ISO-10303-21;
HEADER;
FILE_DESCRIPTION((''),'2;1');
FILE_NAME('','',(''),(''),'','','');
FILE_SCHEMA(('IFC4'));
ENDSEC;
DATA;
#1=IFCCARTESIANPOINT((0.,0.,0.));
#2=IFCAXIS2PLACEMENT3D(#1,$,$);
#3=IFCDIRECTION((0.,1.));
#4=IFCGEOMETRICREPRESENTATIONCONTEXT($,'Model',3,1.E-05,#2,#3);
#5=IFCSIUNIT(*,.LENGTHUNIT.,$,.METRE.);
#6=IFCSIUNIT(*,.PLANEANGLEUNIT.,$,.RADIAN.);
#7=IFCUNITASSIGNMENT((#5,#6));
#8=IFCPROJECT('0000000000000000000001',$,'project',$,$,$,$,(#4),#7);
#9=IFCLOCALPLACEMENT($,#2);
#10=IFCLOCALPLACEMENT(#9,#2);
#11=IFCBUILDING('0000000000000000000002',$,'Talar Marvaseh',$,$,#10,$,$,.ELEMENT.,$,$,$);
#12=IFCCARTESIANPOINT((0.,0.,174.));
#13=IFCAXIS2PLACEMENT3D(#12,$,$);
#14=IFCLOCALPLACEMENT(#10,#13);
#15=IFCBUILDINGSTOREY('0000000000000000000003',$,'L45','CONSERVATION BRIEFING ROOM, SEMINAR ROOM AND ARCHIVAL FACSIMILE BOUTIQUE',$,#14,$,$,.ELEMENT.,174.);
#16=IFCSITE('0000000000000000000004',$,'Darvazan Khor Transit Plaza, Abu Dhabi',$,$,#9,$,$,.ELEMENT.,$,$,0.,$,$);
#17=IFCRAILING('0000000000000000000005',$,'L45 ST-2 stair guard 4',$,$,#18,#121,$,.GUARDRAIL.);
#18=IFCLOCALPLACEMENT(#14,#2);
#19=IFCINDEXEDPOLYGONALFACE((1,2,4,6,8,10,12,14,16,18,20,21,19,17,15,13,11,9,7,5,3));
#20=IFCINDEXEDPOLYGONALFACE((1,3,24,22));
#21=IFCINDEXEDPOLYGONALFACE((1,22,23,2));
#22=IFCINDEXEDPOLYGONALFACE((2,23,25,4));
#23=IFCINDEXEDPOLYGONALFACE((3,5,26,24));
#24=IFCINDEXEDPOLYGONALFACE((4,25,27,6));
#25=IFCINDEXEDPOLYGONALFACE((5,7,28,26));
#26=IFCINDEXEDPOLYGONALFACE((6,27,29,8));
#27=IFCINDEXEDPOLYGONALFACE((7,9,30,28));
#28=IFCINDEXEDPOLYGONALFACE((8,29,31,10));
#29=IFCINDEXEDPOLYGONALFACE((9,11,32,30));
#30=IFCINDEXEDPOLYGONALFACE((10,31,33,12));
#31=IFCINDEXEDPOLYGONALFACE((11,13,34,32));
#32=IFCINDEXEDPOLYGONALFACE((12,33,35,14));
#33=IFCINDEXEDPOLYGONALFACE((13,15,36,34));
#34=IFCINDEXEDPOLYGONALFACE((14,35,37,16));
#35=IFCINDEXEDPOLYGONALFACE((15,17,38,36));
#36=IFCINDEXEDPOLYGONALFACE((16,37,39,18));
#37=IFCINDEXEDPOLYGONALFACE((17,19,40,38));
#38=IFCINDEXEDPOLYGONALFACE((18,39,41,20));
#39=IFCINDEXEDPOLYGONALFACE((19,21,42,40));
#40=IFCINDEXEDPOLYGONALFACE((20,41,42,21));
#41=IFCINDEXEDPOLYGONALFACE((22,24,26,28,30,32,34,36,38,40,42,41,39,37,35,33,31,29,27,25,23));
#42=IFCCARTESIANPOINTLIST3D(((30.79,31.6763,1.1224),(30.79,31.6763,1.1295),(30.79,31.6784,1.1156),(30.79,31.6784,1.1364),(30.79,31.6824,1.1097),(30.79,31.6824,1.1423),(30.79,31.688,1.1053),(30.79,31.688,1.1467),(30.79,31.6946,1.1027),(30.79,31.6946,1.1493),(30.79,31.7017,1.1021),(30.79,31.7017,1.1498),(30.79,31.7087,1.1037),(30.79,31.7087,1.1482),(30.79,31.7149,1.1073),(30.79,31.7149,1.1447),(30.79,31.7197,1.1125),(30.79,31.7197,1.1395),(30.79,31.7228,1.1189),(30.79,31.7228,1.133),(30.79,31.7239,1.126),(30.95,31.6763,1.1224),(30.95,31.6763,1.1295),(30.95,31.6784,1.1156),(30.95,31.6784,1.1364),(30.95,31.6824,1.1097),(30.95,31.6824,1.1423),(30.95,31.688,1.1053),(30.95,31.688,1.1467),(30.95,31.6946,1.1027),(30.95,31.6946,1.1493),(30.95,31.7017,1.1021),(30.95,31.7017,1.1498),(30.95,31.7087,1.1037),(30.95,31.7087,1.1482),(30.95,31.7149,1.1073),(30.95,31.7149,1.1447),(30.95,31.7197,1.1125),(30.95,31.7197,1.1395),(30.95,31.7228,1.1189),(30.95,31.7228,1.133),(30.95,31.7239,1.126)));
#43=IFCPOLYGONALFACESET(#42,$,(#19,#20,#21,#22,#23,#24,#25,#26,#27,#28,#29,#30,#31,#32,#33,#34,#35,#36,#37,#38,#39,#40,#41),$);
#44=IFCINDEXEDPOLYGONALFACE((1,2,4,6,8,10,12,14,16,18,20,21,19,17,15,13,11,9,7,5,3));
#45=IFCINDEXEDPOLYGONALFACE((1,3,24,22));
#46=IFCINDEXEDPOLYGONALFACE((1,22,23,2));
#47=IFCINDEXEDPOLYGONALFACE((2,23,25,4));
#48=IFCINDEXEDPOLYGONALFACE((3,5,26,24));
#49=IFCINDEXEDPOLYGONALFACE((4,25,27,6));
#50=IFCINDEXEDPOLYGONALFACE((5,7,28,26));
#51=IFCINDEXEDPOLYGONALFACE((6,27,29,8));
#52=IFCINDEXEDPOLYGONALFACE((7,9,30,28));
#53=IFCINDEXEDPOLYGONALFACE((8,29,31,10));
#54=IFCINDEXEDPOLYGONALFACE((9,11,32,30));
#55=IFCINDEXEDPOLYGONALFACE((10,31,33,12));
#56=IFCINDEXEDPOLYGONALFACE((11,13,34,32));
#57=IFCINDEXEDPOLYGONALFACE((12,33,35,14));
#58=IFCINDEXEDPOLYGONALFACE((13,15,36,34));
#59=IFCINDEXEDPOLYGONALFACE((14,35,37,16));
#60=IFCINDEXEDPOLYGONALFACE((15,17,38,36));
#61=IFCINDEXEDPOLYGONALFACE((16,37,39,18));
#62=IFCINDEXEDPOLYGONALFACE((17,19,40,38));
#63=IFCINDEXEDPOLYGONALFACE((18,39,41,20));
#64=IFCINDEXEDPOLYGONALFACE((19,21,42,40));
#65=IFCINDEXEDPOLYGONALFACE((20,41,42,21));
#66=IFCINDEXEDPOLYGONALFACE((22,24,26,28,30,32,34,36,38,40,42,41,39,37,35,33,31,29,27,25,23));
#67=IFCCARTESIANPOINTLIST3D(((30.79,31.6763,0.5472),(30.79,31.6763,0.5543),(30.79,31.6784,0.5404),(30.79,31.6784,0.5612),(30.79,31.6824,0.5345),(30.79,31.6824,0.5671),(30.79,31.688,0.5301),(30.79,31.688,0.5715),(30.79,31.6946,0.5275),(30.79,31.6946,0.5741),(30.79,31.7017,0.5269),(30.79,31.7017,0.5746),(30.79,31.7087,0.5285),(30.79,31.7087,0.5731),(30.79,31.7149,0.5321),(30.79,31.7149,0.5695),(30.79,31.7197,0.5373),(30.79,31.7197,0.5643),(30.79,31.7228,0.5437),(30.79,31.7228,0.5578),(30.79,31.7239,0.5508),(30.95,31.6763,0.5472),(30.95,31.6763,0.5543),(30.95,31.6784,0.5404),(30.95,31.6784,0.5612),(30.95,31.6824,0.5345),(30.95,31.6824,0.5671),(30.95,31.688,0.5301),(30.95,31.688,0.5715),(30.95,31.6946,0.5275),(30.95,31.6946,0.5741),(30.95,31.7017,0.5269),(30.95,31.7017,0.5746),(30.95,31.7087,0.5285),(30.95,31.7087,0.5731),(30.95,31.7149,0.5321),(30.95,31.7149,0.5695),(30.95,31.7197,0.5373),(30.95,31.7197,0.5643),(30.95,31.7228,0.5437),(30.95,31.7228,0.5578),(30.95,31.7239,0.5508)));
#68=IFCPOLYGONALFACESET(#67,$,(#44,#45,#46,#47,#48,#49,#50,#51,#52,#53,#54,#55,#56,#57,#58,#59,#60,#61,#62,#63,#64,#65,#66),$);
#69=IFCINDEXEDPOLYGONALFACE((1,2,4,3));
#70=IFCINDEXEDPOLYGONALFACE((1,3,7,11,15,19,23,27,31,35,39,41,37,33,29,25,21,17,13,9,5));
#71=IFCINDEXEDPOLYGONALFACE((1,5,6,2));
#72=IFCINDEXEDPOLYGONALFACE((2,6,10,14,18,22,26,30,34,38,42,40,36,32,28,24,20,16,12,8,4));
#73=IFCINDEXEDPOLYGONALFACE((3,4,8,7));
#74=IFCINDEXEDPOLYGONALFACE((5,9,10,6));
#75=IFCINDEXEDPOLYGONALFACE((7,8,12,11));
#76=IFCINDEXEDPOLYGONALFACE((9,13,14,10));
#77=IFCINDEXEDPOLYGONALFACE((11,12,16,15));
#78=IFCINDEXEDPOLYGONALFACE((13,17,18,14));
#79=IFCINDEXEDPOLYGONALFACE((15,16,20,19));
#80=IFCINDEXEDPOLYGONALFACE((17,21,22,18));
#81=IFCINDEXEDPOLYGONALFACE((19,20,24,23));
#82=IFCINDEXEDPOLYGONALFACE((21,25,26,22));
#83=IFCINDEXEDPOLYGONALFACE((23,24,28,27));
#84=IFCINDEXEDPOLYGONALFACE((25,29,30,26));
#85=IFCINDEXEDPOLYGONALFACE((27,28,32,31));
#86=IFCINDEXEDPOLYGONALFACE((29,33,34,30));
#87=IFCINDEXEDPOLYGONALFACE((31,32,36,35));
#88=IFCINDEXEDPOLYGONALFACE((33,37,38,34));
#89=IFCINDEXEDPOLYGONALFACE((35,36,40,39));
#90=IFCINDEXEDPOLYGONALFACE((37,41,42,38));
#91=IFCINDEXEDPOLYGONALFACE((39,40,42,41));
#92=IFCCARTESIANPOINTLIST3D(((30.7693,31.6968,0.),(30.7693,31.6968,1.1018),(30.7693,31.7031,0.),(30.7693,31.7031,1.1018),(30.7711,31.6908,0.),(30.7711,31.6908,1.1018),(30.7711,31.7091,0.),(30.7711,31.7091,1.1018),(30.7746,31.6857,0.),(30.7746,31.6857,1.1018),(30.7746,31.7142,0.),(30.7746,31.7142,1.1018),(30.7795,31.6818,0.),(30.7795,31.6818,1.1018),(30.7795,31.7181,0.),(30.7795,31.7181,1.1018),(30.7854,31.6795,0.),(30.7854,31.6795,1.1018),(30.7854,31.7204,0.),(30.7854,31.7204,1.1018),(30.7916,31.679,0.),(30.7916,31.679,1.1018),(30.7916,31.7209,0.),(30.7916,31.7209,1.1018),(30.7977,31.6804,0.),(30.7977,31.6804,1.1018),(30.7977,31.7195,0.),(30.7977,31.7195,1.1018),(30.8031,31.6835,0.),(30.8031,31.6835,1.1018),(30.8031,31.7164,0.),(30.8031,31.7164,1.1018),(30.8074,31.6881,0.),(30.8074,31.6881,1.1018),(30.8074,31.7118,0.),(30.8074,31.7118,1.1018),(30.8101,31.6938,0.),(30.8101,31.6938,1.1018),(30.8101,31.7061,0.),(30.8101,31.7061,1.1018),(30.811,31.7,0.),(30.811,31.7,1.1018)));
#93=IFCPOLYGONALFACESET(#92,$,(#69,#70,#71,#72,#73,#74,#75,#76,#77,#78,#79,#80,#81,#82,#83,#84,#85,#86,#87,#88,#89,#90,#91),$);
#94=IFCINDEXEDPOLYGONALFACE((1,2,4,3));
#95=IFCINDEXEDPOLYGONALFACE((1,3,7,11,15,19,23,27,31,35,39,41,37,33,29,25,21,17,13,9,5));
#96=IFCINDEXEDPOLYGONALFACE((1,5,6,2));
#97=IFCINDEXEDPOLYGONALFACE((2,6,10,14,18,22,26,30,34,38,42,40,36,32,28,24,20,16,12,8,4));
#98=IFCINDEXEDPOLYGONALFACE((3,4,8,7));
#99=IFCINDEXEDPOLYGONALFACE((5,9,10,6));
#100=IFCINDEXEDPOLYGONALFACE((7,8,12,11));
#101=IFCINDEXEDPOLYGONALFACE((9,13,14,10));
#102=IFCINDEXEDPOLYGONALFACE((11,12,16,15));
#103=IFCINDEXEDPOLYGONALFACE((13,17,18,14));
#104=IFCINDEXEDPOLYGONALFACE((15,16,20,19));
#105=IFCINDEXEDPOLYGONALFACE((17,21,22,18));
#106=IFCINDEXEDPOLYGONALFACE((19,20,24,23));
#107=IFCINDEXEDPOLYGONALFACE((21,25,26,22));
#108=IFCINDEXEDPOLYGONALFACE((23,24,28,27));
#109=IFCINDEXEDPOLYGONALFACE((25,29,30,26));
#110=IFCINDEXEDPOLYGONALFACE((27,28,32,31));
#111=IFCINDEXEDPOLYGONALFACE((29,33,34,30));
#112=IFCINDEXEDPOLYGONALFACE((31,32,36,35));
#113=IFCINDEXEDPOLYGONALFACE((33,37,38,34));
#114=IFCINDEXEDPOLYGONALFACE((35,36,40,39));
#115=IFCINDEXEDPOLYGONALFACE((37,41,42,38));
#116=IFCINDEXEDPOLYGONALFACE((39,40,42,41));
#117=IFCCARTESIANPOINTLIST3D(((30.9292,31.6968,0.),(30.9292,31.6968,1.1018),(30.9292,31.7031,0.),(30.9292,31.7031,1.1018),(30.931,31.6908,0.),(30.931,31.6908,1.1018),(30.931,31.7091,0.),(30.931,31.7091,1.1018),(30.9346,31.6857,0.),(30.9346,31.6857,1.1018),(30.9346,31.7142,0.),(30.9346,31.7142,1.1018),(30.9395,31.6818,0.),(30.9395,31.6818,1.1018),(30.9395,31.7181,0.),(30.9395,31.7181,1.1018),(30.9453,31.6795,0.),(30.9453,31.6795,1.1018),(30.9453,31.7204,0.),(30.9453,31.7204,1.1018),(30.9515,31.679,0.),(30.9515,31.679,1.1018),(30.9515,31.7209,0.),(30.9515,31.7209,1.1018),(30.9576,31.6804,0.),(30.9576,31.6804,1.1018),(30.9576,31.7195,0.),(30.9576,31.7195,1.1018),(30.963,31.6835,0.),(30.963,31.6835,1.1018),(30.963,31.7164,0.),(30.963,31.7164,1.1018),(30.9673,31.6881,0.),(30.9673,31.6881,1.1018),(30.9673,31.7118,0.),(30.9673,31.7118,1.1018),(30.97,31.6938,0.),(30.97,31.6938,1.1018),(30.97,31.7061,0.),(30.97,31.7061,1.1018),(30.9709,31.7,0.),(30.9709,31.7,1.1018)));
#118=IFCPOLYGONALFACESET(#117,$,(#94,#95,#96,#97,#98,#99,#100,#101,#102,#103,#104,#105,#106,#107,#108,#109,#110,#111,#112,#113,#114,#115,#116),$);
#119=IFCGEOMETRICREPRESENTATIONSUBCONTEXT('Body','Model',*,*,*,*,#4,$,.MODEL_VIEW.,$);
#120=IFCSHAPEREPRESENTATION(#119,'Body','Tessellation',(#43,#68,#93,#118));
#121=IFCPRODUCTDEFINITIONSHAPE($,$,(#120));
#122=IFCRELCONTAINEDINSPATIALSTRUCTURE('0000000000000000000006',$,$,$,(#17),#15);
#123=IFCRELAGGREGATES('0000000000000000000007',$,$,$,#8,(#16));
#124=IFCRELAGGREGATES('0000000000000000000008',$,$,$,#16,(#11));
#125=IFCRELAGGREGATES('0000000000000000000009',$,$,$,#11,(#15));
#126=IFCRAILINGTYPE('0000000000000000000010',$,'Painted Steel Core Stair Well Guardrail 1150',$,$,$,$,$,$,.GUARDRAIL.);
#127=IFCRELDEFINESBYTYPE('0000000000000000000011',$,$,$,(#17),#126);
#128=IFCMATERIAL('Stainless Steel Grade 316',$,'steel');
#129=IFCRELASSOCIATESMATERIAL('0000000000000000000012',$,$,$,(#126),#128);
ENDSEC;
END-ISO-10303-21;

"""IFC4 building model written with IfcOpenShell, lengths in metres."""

from ifc_helpers import new_model, si_unit, direction, frame, origin, origin_2d, place, context, subcontext, project, spatial, circle, extrude, material, type_object, element, save


model = new_model("IFC4")

# Units and contexts
model_context = context("Model", 3, precision=1e-05, world=origin(), true_north=direction((0.0, 1.0)))
body_context = subcontext(model_context, "Body", "Model", "MODEL_VIEW")
ifc_project = project(units=[si_unit("LENGTHUNIT", "METRE"), si_unit("PLANEANGLEUNIT", "RADIAN")], contexts=[model_context])

# Site, building, storey
site_placement = place(None, origin())
site = spatial("IfcSite", under=ifc_project, at=site_placement, Name="Darvazan Khor Transit Plaza, Abu Dhabi", CompositionType="ELEMENT", RefElevation=0.0)
building_placement = place(site_placement, origin())
building = spatial("IfcBuilding", under=site, at=building_placement, Name="Talar Marvaseh", CompositionType="ELEMENT")
storey_placement = place(building_placement, frame((0.0, 0.0, 174.0)))
storey = spatial("IfcBuildingStorey", under=building, at=storey_placement, Name="L45", Description="CONSERVATION BRIEFING ROOM, SEMINAR ROOM AND ARCHIVAL FACSIMILE BOUTIQUE", CompositionType="ELEMENT", Elevation=174.0)

# Shared definitions
ifc_material_1 = material(Name="Stainless Steel Grade 316", Category="steel")

# Railing
railing_type_1 = type_object("IfcRailingType", Name="Painted Steel Core Stair Well Guardrail 1150", PredefinedType="GUARDRAIL", material=ifc_material_1)
railing_1_placement = place(storey_placement, frame((30.79, 31.7, 0.0)))
element("IfcRailing", 1, at=railing_1_placement, inside=storey, type_object=railing_type_1, Name="L45 ST-2 stair guard 4", PredefinedType="GUARDRAIL", context=body_context, shape_type="SweptSolid", body=[
    extrude(circle(Radius=0.0239, at=origin_2d()), frame((0.0, 0.0, 1.126), z_axis=(1.0, 0.0, 0.0), x_axis=(0.0, 1.0, 0.0)), (0.0, 0.0, 1.0), 0.1599),
    extrude(circle(Radius=0.0239, at=origin_2d()), frame((0.0, 0.0, 0.5508), z_axis=(1.0, 0.0, 0.0), x_axis=(0.0, 1.0, 0.0)), (0.0, 0.0, 1.0), 0.1599),
    extrude(circle(Radius=0.021, at=origin_2d()), origin(), (0.0, 0.0, 1.0), 1.1018),
    extrude(circle(Radius=0.021, at=origin_2d()), frame((0.1599, 0.0, 0.0)), (0.0, 0.0, 1.0), 1.1018),
])

save(model, "model.ifc")
